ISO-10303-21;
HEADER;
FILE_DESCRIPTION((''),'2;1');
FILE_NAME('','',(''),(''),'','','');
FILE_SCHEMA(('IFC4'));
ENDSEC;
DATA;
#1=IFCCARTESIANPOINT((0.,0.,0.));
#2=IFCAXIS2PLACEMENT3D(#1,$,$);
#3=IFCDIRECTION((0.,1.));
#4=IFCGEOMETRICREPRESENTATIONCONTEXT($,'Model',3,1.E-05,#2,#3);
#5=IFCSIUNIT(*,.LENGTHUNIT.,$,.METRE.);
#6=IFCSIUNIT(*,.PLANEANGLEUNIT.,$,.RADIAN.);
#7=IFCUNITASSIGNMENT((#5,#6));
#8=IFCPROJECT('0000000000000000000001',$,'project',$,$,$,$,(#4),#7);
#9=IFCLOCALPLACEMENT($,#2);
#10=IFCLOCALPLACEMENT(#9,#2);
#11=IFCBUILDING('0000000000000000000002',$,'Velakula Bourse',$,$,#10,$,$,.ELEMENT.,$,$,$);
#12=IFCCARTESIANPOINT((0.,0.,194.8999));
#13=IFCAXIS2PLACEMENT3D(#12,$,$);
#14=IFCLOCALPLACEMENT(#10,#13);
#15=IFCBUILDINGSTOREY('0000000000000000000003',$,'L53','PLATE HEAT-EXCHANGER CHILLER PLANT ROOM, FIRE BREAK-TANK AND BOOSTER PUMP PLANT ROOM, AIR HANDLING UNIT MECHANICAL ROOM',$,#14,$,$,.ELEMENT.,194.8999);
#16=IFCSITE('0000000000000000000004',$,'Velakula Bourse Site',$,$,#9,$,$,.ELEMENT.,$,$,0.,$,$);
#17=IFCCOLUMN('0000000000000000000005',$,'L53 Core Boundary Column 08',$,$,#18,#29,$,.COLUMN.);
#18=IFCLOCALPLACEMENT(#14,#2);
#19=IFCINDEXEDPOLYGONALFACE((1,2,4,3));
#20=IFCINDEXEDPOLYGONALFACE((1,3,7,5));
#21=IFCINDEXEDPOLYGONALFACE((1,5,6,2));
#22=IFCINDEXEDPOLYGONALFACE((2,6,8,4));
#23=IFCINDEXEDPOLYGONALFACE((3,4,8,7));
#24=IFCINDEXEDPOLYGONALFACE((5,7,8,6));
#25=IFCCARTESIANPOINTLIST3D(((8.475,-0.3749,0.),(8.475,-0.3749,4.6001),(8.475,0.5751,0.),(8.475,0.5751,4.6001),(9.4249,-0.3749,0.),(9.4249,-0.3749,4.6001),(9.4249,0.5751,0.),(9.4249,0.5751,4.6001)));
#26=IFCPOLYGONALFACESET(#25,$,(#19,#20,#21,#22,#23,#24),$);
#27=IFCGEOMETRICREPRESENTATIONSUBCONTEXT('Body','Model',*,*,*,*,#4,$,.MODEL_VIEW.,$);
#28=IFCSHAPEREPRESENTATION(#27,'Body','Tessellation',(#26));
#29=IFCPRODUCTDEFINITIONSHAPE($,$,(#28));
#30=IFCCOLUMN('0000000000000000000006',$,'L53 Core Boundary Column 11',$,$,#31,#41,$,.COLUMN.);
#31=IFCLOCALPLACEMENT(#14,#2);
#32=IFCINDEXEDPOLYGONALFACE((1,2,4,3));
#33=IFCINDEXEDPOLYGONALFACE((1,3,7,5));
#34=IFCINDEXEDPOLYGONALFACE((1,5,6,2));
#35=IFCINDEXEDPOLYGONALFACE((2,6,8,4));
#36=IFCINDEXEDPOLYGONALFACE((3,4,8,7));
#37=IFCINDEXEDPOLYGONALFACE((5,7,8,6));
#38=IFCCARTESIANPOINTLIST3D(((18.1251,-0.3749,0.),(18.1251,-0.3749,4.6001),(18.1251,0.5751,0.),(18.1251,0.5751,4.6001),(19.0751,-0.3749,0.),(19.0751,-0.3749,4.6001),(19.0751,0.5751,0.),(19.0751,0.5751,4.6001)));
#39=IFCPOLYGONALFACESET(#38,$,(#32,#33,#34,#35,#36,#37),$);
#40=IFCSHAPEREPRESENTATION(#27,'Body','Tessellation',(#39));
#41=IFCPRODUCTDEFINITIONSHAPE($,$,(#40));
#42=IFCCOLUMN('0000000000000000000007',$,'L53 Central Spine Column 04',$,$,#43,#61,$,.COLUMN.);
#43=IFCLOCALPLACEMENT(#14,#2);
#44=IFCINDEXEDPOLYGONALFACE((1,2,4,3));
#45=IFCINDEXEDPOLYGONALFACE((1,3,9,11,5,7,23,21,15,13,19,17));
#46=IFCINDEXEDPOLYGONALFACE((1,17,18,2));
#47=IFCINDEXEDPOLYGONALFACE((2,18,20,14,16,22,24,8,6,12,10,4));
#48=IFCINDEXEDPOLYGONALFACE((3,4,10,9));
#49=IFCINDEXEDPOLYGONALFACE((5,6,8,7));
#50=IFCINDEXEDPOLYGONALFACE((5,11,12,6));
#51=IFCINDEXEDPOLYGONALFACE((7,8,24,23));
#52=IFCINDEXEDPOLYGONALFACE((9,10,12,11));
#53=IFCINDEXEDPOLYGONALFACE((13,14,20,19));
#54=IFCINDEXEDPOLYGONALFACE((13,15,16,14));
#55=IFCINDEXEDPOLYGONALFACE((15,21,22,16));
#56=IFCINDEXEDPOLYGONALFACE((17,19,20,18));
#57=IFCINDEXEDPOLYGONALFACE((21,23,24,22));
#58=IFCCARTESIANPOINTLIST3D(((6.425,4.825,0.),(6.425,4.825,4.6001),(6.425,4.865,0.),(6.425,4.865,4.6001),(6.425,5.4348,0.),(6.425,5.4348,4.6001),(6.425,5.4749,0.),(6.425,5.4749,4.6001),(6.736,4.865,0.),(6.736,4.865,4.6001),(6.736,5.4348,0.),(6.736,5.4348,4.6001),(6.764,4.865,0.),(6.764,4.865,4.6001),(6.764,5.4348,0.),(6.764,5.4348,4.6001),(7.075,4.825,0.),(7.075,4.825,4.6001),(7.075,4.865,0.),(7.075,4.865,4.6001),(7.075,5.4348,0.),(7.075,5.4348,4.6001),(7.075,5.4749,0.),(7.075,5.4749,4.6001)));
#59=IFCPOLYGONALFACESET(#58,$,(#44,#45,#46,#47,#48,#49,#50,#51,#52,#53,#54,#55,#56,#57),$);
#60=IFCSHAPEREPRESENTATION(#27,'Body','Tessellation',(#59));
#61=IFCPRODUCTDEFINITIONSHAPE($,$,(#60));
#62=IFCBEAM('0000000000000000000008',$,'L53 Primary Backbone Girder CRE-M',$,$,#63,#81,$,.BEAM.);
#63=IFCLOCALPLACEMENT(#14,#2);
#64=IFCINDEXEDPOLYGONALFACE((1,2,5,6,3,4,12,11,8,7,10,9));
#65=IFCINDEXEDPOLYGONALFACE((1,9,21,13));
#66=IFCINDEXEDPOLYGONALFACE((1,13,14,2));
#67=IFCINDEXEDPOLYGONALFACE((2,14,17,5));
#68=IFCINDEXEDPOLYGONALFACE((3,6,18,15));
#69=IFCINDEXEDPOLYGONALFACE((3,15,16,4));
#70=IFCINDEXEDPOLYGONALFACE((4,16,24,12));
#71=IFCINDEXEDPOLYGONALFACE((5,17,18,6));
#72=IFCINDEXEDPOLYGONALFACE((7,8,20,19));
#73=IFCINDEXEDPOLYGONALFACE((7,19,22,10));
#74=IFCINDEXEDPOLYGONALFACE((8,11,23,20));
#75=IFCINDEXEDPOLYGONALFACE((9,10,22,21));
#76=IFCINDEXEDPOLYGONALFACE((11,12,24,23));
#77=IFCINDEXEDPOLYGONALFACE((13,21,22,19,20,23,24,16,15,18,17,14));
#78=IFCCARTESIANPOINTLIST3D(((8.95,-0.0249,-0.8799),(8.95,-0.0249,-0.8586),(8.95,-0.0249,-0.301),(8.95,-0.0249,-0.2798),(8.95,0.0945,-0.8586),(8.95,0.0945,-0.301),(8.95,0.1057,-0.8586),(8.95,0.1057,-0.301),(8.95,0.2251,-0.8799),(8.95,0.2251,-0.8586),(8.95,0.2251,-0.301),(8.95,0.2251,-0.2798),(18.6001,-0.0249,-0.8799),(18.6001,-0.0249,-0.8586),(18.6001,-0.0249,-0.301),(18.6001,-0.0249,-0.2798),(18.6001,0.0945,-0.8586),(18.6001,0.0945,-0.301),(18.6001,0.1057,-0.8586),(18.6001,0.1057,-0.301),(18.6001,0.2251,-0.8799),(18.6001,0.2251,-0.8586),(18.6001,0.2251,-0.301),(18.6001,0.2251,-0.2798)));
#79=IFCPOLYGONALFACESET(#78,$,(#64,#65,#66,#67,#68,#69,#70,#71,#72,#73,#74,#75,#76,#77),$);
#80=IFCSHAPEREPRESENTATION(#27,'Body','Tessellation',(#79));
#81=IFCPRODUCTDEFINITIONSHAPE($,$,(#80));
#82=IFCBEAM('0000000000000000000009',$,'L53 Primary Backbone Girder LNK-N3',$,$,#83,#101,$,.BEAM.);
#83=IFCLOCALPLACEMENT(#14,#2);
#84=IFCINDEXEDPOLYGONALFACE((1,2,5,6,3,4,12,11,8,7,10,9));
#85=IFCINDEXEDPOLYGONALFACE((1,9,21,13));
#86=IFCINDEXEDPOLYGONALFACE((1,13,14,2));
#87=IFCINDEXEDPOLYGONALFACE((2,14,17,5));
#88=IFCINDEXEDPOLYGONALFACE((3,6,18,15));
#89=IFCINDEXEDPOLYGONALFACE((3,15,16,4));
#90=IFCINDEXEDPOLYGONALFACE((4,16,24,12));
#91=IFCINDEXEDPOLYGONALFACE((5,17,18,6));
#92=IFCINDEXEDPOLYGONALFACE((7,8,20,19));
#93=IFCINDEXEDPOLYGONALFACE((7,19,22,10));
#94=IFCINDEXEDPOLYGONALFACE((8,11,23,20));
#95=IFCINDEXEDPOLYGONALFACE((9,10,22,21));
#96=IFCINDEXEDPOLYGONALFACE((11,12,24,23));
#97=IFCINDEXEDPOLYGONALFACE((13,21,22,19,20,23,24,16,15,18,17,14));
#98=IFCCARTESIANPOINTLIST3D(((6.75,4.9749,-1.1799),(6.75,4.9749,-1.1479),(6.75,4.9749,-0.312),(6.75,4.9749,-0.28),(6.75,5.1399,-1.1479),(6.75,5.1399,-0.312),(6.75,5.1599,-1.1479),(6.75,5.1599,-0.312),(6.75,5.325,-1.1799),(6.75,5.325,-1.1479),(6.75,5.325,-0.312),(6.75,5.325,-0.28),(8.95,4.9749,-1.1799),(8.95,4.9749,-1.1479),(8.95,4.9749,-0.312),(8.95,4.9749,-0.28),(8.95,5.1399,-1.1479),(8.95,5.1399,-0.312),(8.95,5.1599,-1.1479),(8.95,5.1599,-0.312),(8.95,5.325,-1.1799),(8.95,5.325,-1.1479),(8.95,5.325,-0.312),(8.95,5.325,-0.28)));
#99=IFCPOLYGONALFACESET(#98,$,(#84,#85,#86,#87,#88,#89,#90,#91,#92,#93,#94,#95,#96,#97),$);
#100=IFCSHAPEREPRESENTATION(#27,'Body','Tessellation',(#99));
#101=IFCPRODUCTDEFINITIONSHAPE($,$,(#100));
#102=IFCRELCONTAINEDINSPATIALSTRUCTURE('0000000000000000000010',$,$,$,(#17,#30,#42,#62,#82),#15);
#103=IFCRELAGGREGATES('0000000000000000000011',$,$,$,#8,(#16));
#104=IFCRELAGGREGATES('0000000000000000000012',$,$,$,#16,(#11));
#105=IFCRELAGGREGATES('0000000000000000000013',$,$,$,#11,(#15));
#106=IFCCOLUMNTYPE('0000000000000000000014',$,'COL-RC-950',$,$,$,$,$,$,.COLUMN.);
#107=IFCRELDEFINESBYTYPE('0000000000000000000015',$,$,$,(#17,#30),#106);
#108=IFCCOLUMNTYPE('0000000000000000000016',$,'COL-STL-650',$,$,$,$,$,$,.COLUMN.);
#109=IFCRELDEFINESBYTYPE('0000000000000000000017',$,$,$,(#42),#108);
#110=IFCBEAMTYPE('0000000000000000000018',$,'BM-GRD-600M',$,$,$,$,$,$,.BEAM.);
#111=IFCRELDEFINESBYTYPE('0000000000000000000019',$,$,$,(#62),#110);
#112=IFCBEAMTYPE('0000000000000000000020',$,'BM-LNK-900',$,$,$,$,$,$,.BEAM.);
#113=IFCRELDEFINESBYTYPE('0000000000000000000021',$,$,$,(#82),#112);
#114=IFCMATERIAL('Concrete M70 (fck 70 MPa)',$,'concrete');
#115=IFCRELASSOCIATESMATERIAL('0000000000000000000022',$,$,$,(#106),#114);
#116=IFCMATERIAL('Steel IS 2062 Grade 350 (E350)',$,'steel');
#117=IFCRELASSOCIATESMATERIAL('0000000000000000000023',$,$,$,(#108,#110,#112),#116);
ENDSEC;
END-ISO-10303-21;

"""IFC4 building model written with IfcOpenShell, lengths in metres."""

from ifc_helpers import new_model, si_unit, direction, frame, origin, origin_2d, place, context, subcontext, project, spatial, rectangle, i_section, extrude, material, material_profile, profile_set, type_object, element, save


model = new_model("IFC4")

# Units and contexts
model_context = context("Model", 3, precision=1e-05, world=origin(), true_north=direction((0.0, 1.0)))
body_context = subcontext(model_context, "Body", "Model", "MODEL_VIEW")
ifc_project = project(units=[si_unit("LENGTHUNIT", "METRE"), si_unit("PLANEANGLEUNIT", "RADIAN")], contexts=[model_context])

# Site, building, storey
site_placement = place(None, origin())
site = spatial("IfcSite", under=ifc_project, at=site_placement, Name="Velakula Bourse Site", CompositionType="ELEMENT", RefElevation=0.0)
building_placement = place(site_placement, origin())
building = spatial("IfcBuilding", under=site, at=building_placement, Name="Velakula Bourse", CompositionType="ELEMENT")
storey_placement = place(building_placement, frame((0.0, 0.0, 194.8999)))
storey = spatial("IfcBuildingStorey", under=building, at=storey_placement, Name="L53", Description="PLATE HEAT-EXCHANGER CHILLER PLANT ROOM, FIRE BREAK-TANK AND BOOSTER PUMP PLANT ROOM, AIR HANDLING UNIT MECHANICAL ROOM", CompositionType="ELEMENT", Elevation=194.8999)

# Columns
ifc_material_1 = material(Name="Concrete M70 (fck 70 MPa)", Category="concrete")
ifc_material_profile_1 = material_profile(ifc_material_1, rectangle(XDim=0.95, YDim=0.95, at=origin_2d()), Name="Concrete M70 (fck 70 MPa)")
ifc_profile_set_1 = profile_set([ifc_material_profile_1], Name="Concrete M70 (fck 70 MPa)")
column_type_1 = type_object("IfcColumnType", Name="COL-RC-950", PredefinedType="COLUMN", material=ifc_profile_set_1)
for number, where, z_axis, x_axis, name in (
    (1, (8.95, 0.1001, 0.0), (0.0, 0.0, 1.0), (1.0, 0.0, 0.0), "L53 Core Boundary Column 08"),
    (2, (18.6001, 0.1001, 0.0), (0.0, 0.0, 1.0), (1.0, 0.0, 0.0), "L53 Core Boundary Column 11"),
):
    element("IfcColumn", number, at=place(storey_placement, frame(where, z_axis=z_axis, x_axis=x_axis)), inside=storey, type_object=column_type_1, Name=name, PredefinedType="COLUMN", context=body_context, shape_type="SweptSolid", body=[
        extrude(rectangle(XDim=0.95, YDim=0.95, at=origin_2d()), origin(), (0.0, 0.0, 1.0), 4.6001),
    ])
ifc_material_2 = material(Name="Steel IS 2062 Grade 350 (E350)", Category="steel")
ifc_material_profile_2 = material_profile(ifc_material_2, i_section(OverallWidth=0.6499, OverallDepth=0.6499, WebThickness=0.0281, FlangeThickness=0.04, at=origin_2d()), Name="Steel IS 2062 Grade 350 (E350)")
ifc_profile_set_2 = profile_set([ifc_material_profile_2], Name="Steel IS 2062 Grade 350 (E350)")
column_type_2 = type_object("IfcColumnType", Name="COL-STL-650", PredefinedType="COLUMN", material=ifc_profile_set_2)
column_placement = place(storey_placement, frame((6.75, 5.1499, 0.0), z_axis=(0.0, 0.0, 1.0), x_axis=(1.0, 0.0, 0.0)))
element("IfcColumn", 3, at=column_placement, inside=storey, type_object=column_type_2, Name="L53 Central Spine Column 04", PredefinedType="COLUMN", context=body_context, shape_type="SweptSolid", body=[
    extrude(i_section(OverallWidth=0.6499, OverallDepth=0.6499, WebThickness=0.0281, FlangeThickness=0.04, at=origin_2d()), origin(), (0.0, 0.0, 1.0), 4.6001),
])

# Beams
ifc_material_profile_3 = material_profile(ifc_material_2, i_section(OverallWidth=0.25, OverallDepth=0.6001, WebThickness=0.0112, FlangeThickness=0.0212, at=origin_2d()), Name="Steel IS 2062 Grade 350 (E350)")
ifc_profile_set_3 = profile_set([ifc_material_profile_3], Name="Steel IS 2062 Grade 350 (E350)")
beam_type_1 = type_object("IfcBeamType", Name="BM-GRD-600M", PredefinedType="BEAM", material=ifc_profile_set_3)
beam_1_placement = place(storey_placement, frame((8.95, 0.1001, -0.5798), z_axis=(1.0, 0.0, 0.0), x_axis=(0.0, 1.0, 0.0)))
element("IfcBeam", 4, at=beam_1_placement, inside=storey, type_object=beam_type_1, Name="L53 Primary Backbone Girder CRE-M", PredefinedType="BEAM", context=body_context, shape_type="SweptSolid", body=[
    extrude(i_section(OverallWidth=0.25, OverallDepth=0.6001, WebThickness=0.0112, FlangeThickness=0.0212, at=origin_2d()), origin(), (0.0, 0.0, 1.0), 9.6501),
])
ifc_material_profile_4 = material_profile(ifc_material_2, i_section(OverallWidth=0.3501, OverallDepth=0.8999, WebThickness=0.02, FlangeThickness=0.032, at=origin_2d()), Name="Steel IS 2062 Grade 350 (E350)")
ifc_profile_set_4 = profile_set([ifc_material_profile_4], Name="Steel IS 2062 Grade 350 (E350)")
beam_type_2 = type_object("IfcBeamType", Name="BM-LNK-900", PredefinedType="BEAM", material=ifc_profile_set_4)
beam_2_placement = place(storey_placement, frame((6.75, 5.1499, -0.73), z_axis=(1.0, 0.0, 0.0), x_axis=(0.0, 1.0, 0.0)))
element("IfcBeam", 5, at=beam_2_placement, inside=storey, type_object=beam_type_2, Name="L53 Primary Backbone Girder LNK-N3", PredefinedType="BEAM", context=body_context, shape_type="SweptSolid", body=[
    extrude(i_section(OverallWidth=0.3501, OverallDepth=0.8999, WebThickness=0.02, FlangeThickness=0.032, at=origin_2d()), origin(), (0.0, 0.0, 1.0), 2.2),
])

save(model, "model.ifc")
